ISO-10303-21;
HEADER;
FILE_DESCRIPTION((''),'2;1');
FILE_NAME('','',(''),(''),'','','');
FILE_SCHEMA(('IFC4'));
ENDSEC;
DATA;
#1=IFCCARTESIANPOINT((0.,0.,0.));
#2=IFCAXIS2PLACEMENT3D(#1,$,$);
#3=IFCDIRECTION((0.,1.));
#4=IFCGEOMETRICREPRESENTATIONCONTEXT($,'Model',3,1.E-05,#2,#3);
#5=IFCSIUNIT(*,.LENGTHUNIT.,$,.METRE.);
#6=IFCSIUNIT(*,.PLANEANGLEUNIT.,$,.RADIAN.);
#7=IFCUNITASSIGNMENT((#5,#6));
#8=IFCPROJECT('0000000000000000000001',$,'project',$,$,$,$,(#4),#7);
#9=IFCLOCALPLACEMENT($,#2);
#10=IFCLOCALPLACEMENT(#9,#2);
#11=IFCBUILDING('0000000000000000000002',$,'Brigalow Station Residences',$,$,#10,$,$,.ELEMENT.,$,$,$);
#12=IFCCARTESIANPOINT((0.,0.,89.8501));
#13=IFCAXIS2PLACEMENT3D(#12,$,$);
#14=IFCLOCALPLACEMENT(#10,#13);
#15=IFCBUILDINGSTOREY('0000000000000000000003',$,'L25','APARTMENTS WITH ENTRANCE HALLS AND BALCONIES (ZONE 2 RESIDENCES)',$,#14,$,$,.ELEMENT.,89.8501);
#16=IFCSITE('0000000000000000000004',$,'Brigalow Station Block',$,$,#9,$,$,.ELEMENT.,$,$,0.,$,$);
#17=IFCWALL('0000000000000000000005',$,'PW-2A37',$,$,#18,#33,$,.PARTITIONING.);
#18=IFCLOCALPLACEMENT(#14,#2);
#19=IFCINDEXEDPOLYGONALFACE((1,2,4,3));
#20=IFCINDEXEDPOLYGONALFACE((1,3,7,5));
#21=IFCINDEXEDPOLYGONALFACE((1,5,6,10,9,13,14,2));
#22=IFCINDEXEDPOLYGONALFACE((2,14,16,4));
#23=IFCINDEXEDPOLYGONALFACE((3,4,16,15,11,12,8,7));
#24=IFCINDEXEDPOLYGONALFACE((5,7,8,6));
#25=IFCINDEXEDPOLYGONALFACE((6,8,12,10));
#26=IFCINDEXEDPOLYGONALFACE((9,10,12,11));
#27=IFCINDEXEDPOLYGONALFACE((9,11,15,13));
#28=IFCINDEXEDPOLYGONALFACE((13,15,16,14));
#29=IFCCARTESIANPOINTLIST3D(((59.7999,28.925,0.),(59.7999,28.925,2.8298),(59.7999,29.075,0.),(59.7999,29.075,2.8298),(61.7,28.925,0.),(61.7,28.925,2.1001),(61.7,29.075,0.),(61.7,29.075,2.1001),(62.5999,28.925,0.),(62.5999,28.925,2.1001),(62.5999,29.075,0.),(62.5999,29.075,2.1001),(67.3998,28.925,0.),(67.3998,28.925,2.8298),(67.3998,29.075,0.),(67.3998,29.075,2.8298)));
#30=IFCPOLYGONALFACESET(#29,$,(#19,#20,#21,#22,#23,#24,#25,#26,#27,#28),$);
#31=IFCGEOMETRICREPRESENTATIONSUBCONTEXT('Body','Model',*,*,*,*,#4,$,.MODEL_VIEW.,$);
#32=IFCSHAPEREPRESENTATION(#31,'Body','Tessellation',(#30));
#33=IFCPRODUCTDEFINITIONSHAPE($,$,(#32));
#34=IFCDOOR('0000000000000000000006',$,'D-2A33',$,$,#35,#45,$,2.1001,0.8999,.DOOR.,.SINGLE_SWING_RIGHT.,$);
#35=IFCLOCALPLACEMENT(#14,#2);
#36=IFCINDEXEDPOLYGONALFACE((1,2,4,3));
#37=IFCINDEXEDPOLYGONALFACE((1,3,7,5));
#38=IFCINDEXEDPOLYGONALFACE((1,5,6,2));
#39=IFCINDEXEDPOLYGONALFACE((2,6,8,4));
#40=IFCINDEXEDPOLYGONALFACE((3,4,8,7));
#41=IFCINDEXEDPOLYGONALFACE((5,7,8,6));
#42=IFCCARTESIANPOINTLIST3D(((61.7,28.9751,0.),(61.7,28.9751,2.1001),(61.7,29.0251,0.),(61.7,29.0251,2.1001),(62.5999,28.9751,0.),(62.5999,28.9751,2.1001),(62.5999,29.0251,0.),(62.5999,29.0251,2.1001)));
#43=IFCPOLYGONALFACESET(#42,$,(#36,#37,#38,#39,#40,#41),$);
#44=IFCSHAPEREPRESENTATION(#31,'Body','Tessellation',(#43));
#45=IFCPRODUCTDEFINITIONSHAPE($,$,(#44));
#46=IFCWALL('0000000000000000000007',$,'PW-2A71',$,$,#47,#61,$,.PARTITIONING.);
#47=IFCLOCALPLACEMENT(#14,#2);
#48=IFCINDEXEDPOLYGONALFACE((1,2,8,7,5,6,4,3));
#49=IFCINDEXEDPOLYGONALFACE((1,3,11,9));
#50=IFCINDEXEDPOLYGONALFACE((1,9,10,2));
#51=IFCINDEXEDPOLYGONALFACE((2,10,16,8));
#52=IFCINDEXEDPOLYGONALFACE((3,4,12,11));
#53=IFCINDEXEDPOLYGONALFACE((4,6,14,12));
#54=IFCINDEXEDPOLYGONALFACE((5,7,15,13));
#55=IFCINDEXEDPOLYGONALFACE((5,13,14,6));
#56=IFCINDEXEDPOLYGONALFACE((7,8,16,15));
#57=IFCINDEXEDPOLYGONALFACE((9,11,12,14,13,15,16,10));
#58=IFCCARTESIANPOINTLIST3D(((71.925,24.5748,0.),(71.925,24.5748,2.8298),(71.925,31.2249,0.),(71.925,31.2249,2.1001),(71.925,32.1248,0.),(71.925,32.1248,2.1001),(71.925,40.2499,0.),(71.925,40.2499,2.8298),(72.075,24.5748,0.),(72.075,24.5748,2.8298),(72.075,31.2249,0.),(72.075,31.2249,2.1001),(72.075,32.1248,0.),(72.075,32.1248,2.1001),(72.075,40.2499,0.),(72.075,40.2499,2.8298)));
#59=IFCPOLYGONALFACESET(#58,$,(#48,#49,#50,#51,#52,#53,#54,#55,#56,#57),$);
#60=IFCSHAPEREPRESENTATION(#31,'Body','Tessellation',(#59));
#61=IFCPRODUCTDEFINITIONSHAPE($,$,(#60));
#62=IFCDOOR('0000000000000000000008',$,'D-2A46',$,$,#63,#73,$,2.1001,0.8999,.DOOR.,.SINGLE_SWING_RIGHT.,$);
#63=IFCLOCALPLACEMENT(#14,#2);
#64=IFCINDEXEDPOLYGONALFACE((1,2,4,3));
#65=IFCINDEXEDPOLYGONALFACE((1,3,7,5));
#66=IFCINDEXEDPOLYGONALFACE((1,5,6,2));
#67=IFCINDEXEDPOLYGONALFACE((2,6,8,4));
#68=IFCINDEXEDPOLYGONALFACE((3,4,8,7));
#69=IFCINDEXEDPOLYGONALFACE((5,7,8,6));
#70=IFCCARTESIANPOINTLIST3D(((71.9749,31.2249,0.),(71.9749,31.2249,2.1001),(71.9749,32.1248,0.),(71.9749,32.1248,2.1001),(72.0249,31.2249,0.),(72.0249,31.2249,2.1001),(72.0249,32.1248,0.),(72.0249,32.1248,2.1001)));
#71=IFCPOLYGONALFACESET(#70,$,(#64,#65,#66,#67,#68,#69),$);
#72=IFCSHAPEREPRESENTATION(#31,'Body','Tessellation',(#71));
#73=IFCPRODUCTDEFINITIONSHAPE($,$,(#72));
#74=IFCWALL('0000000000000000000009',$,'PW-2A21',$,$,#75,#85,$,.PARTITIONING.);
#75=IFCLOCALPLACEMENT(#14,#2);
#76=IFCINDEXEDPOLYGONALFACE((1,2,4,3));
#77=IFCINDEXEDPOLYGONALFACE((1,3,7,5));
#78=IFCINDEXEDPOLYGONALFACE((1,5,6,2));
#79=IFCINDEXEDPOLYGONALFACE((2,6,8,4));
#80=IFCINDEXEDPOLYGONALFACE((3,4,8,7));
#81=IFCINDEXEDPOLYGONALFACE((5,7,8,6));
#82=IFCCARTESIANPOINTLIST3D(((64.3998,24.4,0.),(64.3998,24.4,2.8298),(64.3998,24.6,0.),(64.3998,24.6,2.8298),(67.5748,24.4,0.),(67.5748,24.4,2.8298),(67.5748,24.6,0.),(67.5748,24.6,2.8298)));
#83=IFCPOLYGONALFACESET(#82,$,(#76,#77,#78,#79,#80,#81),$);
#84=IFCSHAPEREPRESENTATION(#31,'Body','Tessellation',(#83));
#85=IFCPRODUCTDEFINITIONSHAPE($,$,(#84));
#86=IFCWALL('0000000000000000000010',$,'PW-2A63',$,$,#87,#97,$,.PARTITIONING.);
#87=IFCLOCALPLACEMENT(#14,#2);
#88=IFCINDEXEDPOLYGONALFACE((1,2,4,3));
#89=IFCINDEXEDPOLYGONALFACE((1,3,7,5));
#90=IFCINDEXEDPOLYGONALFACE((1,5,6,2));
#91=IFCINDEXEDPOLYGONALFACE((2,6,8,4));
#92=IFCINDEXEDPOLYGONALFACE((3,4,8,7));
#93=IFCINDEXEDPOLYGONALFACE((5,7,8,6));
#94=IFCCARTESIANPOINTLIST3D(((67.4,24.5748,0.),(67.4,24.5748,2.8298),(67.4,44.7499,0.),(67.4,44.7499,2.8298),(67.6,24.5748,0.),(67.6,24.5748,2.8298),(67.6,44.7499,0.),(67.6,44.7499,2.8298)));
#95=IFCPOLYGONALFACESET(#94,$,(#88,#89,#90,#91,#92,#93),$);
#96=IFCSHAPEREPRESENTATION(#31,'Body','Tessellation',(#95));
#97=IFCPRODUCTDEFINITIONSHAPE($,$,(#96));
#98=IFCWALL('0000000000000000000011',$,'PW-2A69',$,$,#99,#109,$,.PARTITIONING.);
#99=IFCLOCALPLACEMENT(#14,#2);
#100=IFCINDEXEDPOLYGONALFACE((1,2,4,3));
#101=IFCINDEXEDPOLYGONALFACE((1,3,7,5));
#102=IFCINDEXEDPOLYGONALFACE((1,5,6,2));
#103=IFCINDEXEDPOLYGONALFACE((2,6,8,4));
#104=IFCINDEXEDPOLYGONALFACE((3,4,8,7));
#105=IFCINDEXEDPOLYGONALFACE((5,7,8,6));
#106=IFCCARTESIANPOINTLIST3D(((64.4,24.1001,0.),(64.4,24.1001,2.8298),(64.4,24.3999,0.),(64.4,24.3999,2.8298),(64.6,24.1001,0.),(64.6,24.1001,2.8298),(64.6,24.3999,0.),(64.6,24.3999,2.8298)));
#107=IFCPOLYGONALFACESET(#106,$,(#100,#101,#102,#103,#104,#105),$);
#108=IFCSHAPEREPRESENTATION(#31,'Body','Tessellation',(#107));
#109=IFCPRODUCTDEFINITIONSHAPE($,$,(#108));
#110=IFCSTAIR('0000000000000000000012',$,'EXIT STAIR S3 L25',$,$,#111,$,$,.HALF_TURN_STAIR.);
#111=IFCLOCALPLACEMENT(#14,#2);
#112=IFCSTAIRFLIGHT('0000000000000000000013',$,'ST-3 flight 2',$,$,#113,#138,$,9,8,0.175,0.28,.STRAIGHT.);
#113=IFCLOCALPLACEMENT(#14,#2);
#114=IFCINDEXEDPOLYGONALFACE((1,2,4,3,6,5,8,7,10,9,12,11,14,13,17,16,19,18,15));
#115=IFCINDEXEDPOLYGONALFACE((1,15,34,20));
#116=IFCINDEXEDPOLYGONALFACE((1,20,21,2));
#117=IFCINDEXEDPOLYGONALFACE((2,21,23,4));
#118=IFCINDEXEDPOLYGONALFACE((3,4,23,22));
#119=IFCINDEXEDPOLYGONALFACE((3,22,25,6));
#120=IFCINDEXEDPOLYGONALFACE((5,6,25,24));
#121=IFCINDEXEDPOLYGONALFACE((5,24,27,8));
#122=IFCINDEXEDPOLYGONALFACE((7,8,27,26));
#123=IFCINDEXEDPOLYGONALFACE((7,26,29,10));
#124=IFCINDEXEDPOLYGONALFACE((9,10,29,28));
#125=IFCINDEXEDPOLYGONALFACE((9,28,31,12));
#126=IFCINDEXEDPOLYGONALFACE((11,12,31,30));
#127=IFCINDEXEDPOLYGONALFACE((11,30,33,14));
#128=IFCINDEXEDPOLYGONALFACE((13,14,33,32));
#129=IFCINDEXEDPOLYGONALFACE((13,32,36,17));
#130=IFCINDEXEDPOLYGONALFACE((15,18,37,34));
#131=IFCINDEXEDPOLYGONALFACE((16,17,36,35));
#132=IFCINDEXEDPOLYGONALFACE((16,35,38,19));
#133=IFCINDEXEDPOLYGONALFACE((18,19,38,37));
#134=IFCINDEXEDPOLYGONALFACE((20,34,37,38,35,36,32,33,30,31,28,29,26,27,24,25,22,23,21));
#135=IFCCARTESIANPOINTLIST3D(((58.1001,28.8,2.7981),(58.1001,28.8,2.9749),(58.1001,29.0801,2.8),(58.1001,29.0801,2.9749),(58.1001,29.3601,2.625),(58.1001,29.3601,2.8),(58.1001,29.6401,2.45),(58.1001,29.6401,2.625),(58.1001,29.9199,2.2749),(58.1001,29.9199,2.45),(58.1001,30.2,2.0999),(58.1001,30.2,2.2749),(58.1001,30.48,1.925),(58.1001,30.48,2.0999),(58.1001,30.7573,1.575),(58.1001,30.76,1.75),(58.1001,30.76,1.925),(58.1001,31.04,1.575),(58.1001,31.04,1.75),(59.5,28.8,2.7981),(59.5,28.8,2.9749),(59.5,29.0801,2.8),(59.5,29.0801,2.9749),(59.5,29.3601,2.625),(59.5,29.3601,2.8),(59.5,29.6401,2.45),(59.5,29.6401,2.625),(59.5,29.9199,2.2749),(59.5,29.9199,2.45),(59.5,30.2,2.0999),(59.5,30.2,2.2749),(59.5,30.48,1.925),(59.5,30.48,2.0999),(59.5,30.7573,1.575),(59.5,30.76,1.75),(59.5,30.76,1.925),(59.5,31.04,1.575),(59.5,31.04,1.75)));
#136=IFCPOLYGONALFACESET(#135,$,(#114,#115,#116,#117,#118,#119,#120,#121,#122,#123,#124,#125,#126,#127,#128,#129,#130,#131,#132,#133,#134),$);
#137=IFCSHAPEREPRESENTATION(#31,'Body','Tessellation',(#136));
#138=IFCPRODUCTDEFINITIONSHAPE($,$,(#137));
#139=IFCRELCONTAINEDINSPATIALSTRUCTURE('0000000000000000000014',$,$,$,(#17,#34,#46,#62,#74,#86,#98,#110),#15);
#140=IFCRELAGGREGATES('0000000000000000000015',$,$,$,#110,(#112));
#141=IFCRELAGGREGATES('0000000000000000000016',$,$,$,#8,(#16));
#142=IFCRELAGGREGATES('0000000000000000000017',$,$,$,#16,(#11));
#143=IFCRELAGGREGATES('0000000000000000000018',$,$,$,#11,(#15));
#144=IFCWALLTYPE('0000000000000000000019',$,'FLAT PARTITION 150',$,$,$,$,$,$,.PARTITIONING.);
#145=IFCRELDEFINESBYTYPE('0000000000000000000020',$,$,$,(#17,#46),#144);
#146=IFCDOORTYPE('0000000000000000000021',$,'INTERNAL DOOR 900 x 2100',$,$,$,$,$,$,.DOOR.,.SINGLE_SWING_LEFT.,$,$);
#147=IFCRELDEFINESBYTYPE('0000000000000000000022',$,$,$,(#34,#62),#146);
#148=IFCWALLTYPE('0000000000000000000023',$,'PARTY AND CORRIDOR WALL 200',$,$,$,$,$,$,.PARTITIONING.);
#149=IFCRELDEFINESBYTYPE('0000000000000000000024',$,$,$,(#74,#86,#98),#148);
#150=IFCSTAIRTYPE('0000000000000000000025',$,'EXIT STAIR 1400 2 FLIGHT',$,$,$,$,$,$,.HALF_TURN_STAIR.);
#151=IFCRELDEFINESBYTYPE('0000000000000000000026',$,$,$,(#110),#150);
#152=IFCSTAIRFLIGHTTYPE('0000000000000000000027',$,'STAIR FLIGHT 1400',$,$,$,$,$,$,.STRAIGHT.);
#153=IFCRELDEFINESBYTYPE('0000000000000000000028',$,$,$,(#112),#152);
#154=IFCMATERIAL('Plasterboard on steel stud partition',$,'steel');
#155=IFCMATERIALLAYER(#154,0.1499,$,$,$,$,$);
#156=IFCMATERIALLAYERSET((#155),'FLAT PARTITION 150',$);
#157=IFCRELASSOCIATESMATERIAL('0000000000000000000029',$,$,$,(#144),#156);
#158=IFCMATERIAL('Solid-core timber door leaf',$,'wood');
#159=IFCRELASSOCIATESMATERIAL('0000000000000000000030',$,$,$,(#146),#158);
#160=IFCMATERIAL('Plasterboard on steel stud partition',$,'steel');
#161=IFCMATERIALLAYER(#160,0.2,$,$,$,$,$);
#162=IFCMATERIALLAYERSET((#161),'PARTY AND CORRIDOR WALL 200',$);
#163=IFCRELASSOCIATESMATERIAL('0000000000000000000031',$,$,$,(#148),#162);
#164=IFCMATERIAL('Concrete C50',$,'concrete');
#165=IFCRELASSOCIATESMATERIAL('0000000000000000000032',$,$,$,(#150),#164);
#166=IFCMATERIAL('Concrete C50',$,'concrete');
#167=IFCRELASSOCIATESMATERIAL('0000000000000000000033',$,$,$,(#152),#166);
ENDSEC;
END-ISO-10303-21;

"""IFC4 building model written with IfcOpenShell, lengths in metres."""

from ifc_helpers import new_model, si_unit, direction, frame, frame_2d, origin, place, context, subcontext, project, spatial, polyline, rectangle, outline, extrude, material, layer, layer_set, type_object, element, fill, aggregate, save


model = new_model("IFC4")

# Units and contexts
model_context = context("Model", 3, precision=1e-05, world=origin(), true_north=direction((0.0, 1.0)))
body_context = subcontext(model_context, "Body", "Model", "MODEL_VIEW")
ifc_project = project(units=[si_unit("LENGTHUNIT", "METRE"), si_unit("PLANEANGLEUNIT", "RADIAN")], contexts=[model_context])

# Site, building, storey
site_placement = place(None, origin())
site = spatial("IfcSite", under=ifc_project, at=site_placement, Name="Brigalow Station Block", CompositionType="ELEMENT", RefElevation=0.0)
building_placement = place(site_placement, origin())
building = spatial("IfcBuilding", under=site, at=building_placement, Name="Brigalow Station Residences", CompositionType="ELEMENT")
storey_placement = place(building_placement, frame((0.0, 0.0, 89.8501)))
storey = spatial("IfcBuildingStorey", under=building, at=storey_placement, Name="L25", Description="APARTMENTS WITH ENTRANCE HALLS AND BALCONIES (ZONE 2 RESIDENCES)", CompositionType="ELEMENT", Elevation=89.8501)

# Shared definitions
ifc_material_1 = material(Name="Plasterboard on steel stud partition", Category="steel")
ifc_layer_1 = layer(ifc_material_1, 0.1499)
ifc_layer_set_1 = layer_set([ifc_layer_1], Name="FLAT PARTITION 150")
wall_type_1 = type_object("IfcWallType", Name="FLAT PARTITION 150", PredefinedType="PARTITIONING", material=ifc_layer_set_1)

# Walls, openings, doors
wall_1_placement = place(storey_placement, frame((59.8, 29.0, 0.0), z_axis=(0.0, 0.0, 1.0), x_axis=(1.0, 0.0, 0.0)))
wall_1 = element("IfcWall", 1, at=wall_1_placement, inside=storey, type_object=wall_type_1, Name="PW-2A37", PredefinedType="PARTITIONING", context=body_context, shape_type="SweptSolid", body=[
    extrude(rectangle(XDim=7.5999, YDim=0.1499, at=frame_2d((3.7998, 0.0))), origin(), (0.0, 0.0, 1.0), 2.8298),
])
opening_1_placement = place(wall_1_placement, frame((1.8999, 0.0, 0.0)))
opening_1 = element("IfcOpeningElement", 2, at=opening_1_placement, cuts=wall_1, PredefinedType="OPENING", context=body_context, shape_type="SweptSolid", body=[
    extrude(rectangle(XDim=0.8999, YDim=2.1001, at=frame_2d((0.45, 1.05))), frame((0.0, 0.085, 0.0), z_axis=(0.0, -1.0, 0.0), x_axis=(1.0, 0.0, 0.0)), (0.0, 0.0, 1.0), 0.1699),
])
ifc_material_2 = material(Name="Solid-core timber door leaf", Category="wood")
door_type_1 = type_object("IfcDoorType", Name="INTERNAL DOOR 900 x 2100", OperationType="SINGLE_SWING_LEFT", PredefinedType="DOOR", material=ifc_material_2)
door_1_placement = place(opening_1_placement, frame((0.8999, 0.0, 0.0), z_axis=(0.0, 0.0, 1.0), x_axis=(-1.0, 0.0, 0.0)))
door_1 = element("IfcDoor", 3, at=door_1_placement, inside=storey, type_object=door_type_1, Name="D-2A33", OperationType="SINGLE_SWING_RIGHT", OverallHeight=2.1001, OverallWidth=0.8999, PredefinedType="DOOR", context=body_context, shape_type="SweptSolid", body=[
    extrude(rectangle(XDim=0.8999, YDim=2.1001, at=frame_2d((0.45, 1.05))), frame((0.0, 0.0249, 0.0), z_axis=(0.0, -1.0, 0.0), x_axis=(1.0, 0.0, 0.0)), (0.0, 0.0, 1.0), 0.05),
])
fill(opening_1, door_1)
wall_2_placement = place(storey_placement, frame((72.0, 24.575, 0.0), z_axis=(0.0, 0.0, 1.0), x_axis=(0.0, 1.0, 0.0)))
wall_2 = element("IfcWall", 4, at=wall_2_placement, inside=storey, type_object=wall_type_1, Name="PW-2A71", PredefinedType="PARTITIONING", context=body_context, shape_type="SweptSolid", body=[
    extrude(rectangle(XDim=15.675, YDim=0.1499, at=frame_2d((7.8374, 0.0))), origin(), (0.0, 0.0, 1.0), 2.8298),
])
opening_2_placement = place(wall_2_placement, frame((6.6499, 0.0, 0.0)))
opening_2 = element("IfcOpeningElement", 5, at=opening_2_placement, cuts=wall_2, PredefinedType="OPENING", context=body_context, shape_type="SweptSolid", body=[
    extrude(rectangle(XDim=0.8999, YDim=2.1001, at=frame_2d((0.45, 1.05))), frame((0.0, 0.085, 0.0), z_axis=(0.0, -1.0, 0.0), x_axis=(1.0, 0.0, 0.0)), (0.0, 0.0, 1.0), 0.1699),
])
door_2_placement = place(opening_2_placement, frame((0.8999, 0.0, 0.0), z_axis=(0.0, 0.0, 1.0), x_axis=(-1.0, 0.0, 0.0)))
door_2 = element("IfcDoor", 6, at=door_2_placement, inside=storey, type_object=door_type_1, Name="D-2A46", OperationType="SINGLE_SWING_RIGHT", OverallHeight=2.1001, OverallWidth=0.8999, PredefinedType="DOOR", context=body_context, shape_type="SweptSolid", body=[
    extrude(rectangle(XDim=0.8999, YDim=2.1001, at=frame_2d((0.45, 1.05))), frame((0.0, 0.0249, 0.0), z_axis=(0.0, -1.0, 0.0), x_axis=(1.0, 0.0, 0.0)), (0.0, 0.0, 1.0), 0.05),
])
fill(opening_2, door_2)

# Walls
ifc_material_3 = material(Name="Plasterboard on steel stud partition", Category="steel")
ifc_layer_2 = layer(ifc_material_3, 0.2)
ifc_layer_set_2 = layer_set([ifc_layer_2], Name="PARTY AND CORRIDOR WALL 200")
wall_type_2 = type_object("IfcWallType", Name="PARTY AND CORRIDOR WALL 200", PredefinedType="PARTITIONING", material=ifc_layer_set_2)
wall_3_placement = place(storey_placement, frame((64.3999, 24.5, 0.0), z_axis=(0.0, 0.0, 1.0), x_axis=(1.0, 0.0, 0.0)))
element("IfcWall", 7, at=wall_3_placement, inside=storey, type_object=wall_type_2, Name="PW-2A21", PredefinedType="PARTITIONING", context=body_context, shape_type="SweptSolid", body=[
    extrude(rectangle(XDim=3.175, YDim=0.2, at=frame_2d((1.5874, 0.0))), origin(), (0.0, 0.0, 1.0), 2.8298),
])
wall_4_placement = place(storey_placement, frame((67.5, 24.575, 0.0), z_axis=(0.0, 0.0, 1.0), x_axis=(0.0, 1.0, 0.0)))
element("IfcWall", 8, at=wall_4_placement, inside=storey, type_object=wall_type_2, Name="PW-2A63", PredefinedType="PARTITIONING", context=body_context, shape_type="SweptSolid", body=[
    extrude(rectangle(XDim=20.175, YDim=0.2, at=frame_2d((10.0874, 0.0))), origin(), (0.0, 0.0, 1.0), 2.8298),
])
wall_5_placement = place(storey_placement, frame((64.5, 24.1001, 0.0), z_axis=(0.0, 0.0, 1.0), x_axis=(0.0, 1.0, 0.0)))
element("IfcWall", 9, at=wall_5_placement, inside=storey, type_object=wall_type_2, Name="PW-2A69", PredefinedType="PARTITIONING", context=body_context, shape_type="SweptSolid", body=[
    extrude(rectangle(XDim=0.2998, YDim=0.2, at=frame_2d((0.1499, 0.0))), origin(), (0.0, 0.0, 1.0), 2.8298),
])

# Stair, stair flight
ifc_material_4 = material(Name="Concrete C50", Category="concrete")
stair_type = type_object("IfcStairType", Name="EXIT STAIR 1400 2 FLIGHT", PredefinedType="HALF_TURN_STAIR", material=ifc_material_4)
stair_placement = place(storey_placement, origin())
stair = element("IfcStair", 10, at=stair_placement, inside=storey, type_object=stair_type, Name="EXIT STAIR S3 L25", PredefinedType="HALF_TURN_STAIR")
ifc_material_5 = material(Name="Concrete C50", Category="concrete")
stair_flight_type = type_object("IfcStairFlightType", Name="STAIR FLIGHT 1400", PredefinedType="STRAIGHT", material=ifc_material_5)
stair_flight_placement = place(storey_placement, frame((58.8, 31.04, 1.575), z_axis=(0.0, 0.0, 1.0), x_axis=(0.0, -1.0, 0.0)))
stair_flight = element("IfcStairFlight", 11, at=stair_flight_placement, type_object=stair_flight_type, Name="ST-3 flight 2", NumberOfRisers=9, NumberOfTreads=8, PredefinedType="STRAIGHT", RiserHeight=0.175, TreadLength=0.28, context=body_context, shape_type="SweptSolid", body=[
    extrude(outline(polyline([(0.0, 0.0), (0.0, 0.175), (0.28, 0.175), (0.28, 0.3501), (0.5601, 0.3501), (0.5601, 0.5249), (0.8401, 0.5249), (0.8401, 0.7), (1.1201, 0.7), (1.1201, 0.875), (1.3999, 0.875), (1.3999, 1.05), (1.6799, 1.05), (1.6799, 1.2251), (1.96, 1.2251), (1.96, 1.3999), (2.24, 1.3999), (2.24, 1.575), (2.24, 1.2231), (0.2827, 0.0), (0.0, 0.0)])), frame((0.0, 0.7, 0.0), z_axis=(0.0, -1.0, 0.0), x_axis=(1.0, 0.0, 0.0)), (0.0, 0.0, 1.0), 1.3999),
])
aggregate(stair, [stair_flight])

save(model, "model.ifc")
